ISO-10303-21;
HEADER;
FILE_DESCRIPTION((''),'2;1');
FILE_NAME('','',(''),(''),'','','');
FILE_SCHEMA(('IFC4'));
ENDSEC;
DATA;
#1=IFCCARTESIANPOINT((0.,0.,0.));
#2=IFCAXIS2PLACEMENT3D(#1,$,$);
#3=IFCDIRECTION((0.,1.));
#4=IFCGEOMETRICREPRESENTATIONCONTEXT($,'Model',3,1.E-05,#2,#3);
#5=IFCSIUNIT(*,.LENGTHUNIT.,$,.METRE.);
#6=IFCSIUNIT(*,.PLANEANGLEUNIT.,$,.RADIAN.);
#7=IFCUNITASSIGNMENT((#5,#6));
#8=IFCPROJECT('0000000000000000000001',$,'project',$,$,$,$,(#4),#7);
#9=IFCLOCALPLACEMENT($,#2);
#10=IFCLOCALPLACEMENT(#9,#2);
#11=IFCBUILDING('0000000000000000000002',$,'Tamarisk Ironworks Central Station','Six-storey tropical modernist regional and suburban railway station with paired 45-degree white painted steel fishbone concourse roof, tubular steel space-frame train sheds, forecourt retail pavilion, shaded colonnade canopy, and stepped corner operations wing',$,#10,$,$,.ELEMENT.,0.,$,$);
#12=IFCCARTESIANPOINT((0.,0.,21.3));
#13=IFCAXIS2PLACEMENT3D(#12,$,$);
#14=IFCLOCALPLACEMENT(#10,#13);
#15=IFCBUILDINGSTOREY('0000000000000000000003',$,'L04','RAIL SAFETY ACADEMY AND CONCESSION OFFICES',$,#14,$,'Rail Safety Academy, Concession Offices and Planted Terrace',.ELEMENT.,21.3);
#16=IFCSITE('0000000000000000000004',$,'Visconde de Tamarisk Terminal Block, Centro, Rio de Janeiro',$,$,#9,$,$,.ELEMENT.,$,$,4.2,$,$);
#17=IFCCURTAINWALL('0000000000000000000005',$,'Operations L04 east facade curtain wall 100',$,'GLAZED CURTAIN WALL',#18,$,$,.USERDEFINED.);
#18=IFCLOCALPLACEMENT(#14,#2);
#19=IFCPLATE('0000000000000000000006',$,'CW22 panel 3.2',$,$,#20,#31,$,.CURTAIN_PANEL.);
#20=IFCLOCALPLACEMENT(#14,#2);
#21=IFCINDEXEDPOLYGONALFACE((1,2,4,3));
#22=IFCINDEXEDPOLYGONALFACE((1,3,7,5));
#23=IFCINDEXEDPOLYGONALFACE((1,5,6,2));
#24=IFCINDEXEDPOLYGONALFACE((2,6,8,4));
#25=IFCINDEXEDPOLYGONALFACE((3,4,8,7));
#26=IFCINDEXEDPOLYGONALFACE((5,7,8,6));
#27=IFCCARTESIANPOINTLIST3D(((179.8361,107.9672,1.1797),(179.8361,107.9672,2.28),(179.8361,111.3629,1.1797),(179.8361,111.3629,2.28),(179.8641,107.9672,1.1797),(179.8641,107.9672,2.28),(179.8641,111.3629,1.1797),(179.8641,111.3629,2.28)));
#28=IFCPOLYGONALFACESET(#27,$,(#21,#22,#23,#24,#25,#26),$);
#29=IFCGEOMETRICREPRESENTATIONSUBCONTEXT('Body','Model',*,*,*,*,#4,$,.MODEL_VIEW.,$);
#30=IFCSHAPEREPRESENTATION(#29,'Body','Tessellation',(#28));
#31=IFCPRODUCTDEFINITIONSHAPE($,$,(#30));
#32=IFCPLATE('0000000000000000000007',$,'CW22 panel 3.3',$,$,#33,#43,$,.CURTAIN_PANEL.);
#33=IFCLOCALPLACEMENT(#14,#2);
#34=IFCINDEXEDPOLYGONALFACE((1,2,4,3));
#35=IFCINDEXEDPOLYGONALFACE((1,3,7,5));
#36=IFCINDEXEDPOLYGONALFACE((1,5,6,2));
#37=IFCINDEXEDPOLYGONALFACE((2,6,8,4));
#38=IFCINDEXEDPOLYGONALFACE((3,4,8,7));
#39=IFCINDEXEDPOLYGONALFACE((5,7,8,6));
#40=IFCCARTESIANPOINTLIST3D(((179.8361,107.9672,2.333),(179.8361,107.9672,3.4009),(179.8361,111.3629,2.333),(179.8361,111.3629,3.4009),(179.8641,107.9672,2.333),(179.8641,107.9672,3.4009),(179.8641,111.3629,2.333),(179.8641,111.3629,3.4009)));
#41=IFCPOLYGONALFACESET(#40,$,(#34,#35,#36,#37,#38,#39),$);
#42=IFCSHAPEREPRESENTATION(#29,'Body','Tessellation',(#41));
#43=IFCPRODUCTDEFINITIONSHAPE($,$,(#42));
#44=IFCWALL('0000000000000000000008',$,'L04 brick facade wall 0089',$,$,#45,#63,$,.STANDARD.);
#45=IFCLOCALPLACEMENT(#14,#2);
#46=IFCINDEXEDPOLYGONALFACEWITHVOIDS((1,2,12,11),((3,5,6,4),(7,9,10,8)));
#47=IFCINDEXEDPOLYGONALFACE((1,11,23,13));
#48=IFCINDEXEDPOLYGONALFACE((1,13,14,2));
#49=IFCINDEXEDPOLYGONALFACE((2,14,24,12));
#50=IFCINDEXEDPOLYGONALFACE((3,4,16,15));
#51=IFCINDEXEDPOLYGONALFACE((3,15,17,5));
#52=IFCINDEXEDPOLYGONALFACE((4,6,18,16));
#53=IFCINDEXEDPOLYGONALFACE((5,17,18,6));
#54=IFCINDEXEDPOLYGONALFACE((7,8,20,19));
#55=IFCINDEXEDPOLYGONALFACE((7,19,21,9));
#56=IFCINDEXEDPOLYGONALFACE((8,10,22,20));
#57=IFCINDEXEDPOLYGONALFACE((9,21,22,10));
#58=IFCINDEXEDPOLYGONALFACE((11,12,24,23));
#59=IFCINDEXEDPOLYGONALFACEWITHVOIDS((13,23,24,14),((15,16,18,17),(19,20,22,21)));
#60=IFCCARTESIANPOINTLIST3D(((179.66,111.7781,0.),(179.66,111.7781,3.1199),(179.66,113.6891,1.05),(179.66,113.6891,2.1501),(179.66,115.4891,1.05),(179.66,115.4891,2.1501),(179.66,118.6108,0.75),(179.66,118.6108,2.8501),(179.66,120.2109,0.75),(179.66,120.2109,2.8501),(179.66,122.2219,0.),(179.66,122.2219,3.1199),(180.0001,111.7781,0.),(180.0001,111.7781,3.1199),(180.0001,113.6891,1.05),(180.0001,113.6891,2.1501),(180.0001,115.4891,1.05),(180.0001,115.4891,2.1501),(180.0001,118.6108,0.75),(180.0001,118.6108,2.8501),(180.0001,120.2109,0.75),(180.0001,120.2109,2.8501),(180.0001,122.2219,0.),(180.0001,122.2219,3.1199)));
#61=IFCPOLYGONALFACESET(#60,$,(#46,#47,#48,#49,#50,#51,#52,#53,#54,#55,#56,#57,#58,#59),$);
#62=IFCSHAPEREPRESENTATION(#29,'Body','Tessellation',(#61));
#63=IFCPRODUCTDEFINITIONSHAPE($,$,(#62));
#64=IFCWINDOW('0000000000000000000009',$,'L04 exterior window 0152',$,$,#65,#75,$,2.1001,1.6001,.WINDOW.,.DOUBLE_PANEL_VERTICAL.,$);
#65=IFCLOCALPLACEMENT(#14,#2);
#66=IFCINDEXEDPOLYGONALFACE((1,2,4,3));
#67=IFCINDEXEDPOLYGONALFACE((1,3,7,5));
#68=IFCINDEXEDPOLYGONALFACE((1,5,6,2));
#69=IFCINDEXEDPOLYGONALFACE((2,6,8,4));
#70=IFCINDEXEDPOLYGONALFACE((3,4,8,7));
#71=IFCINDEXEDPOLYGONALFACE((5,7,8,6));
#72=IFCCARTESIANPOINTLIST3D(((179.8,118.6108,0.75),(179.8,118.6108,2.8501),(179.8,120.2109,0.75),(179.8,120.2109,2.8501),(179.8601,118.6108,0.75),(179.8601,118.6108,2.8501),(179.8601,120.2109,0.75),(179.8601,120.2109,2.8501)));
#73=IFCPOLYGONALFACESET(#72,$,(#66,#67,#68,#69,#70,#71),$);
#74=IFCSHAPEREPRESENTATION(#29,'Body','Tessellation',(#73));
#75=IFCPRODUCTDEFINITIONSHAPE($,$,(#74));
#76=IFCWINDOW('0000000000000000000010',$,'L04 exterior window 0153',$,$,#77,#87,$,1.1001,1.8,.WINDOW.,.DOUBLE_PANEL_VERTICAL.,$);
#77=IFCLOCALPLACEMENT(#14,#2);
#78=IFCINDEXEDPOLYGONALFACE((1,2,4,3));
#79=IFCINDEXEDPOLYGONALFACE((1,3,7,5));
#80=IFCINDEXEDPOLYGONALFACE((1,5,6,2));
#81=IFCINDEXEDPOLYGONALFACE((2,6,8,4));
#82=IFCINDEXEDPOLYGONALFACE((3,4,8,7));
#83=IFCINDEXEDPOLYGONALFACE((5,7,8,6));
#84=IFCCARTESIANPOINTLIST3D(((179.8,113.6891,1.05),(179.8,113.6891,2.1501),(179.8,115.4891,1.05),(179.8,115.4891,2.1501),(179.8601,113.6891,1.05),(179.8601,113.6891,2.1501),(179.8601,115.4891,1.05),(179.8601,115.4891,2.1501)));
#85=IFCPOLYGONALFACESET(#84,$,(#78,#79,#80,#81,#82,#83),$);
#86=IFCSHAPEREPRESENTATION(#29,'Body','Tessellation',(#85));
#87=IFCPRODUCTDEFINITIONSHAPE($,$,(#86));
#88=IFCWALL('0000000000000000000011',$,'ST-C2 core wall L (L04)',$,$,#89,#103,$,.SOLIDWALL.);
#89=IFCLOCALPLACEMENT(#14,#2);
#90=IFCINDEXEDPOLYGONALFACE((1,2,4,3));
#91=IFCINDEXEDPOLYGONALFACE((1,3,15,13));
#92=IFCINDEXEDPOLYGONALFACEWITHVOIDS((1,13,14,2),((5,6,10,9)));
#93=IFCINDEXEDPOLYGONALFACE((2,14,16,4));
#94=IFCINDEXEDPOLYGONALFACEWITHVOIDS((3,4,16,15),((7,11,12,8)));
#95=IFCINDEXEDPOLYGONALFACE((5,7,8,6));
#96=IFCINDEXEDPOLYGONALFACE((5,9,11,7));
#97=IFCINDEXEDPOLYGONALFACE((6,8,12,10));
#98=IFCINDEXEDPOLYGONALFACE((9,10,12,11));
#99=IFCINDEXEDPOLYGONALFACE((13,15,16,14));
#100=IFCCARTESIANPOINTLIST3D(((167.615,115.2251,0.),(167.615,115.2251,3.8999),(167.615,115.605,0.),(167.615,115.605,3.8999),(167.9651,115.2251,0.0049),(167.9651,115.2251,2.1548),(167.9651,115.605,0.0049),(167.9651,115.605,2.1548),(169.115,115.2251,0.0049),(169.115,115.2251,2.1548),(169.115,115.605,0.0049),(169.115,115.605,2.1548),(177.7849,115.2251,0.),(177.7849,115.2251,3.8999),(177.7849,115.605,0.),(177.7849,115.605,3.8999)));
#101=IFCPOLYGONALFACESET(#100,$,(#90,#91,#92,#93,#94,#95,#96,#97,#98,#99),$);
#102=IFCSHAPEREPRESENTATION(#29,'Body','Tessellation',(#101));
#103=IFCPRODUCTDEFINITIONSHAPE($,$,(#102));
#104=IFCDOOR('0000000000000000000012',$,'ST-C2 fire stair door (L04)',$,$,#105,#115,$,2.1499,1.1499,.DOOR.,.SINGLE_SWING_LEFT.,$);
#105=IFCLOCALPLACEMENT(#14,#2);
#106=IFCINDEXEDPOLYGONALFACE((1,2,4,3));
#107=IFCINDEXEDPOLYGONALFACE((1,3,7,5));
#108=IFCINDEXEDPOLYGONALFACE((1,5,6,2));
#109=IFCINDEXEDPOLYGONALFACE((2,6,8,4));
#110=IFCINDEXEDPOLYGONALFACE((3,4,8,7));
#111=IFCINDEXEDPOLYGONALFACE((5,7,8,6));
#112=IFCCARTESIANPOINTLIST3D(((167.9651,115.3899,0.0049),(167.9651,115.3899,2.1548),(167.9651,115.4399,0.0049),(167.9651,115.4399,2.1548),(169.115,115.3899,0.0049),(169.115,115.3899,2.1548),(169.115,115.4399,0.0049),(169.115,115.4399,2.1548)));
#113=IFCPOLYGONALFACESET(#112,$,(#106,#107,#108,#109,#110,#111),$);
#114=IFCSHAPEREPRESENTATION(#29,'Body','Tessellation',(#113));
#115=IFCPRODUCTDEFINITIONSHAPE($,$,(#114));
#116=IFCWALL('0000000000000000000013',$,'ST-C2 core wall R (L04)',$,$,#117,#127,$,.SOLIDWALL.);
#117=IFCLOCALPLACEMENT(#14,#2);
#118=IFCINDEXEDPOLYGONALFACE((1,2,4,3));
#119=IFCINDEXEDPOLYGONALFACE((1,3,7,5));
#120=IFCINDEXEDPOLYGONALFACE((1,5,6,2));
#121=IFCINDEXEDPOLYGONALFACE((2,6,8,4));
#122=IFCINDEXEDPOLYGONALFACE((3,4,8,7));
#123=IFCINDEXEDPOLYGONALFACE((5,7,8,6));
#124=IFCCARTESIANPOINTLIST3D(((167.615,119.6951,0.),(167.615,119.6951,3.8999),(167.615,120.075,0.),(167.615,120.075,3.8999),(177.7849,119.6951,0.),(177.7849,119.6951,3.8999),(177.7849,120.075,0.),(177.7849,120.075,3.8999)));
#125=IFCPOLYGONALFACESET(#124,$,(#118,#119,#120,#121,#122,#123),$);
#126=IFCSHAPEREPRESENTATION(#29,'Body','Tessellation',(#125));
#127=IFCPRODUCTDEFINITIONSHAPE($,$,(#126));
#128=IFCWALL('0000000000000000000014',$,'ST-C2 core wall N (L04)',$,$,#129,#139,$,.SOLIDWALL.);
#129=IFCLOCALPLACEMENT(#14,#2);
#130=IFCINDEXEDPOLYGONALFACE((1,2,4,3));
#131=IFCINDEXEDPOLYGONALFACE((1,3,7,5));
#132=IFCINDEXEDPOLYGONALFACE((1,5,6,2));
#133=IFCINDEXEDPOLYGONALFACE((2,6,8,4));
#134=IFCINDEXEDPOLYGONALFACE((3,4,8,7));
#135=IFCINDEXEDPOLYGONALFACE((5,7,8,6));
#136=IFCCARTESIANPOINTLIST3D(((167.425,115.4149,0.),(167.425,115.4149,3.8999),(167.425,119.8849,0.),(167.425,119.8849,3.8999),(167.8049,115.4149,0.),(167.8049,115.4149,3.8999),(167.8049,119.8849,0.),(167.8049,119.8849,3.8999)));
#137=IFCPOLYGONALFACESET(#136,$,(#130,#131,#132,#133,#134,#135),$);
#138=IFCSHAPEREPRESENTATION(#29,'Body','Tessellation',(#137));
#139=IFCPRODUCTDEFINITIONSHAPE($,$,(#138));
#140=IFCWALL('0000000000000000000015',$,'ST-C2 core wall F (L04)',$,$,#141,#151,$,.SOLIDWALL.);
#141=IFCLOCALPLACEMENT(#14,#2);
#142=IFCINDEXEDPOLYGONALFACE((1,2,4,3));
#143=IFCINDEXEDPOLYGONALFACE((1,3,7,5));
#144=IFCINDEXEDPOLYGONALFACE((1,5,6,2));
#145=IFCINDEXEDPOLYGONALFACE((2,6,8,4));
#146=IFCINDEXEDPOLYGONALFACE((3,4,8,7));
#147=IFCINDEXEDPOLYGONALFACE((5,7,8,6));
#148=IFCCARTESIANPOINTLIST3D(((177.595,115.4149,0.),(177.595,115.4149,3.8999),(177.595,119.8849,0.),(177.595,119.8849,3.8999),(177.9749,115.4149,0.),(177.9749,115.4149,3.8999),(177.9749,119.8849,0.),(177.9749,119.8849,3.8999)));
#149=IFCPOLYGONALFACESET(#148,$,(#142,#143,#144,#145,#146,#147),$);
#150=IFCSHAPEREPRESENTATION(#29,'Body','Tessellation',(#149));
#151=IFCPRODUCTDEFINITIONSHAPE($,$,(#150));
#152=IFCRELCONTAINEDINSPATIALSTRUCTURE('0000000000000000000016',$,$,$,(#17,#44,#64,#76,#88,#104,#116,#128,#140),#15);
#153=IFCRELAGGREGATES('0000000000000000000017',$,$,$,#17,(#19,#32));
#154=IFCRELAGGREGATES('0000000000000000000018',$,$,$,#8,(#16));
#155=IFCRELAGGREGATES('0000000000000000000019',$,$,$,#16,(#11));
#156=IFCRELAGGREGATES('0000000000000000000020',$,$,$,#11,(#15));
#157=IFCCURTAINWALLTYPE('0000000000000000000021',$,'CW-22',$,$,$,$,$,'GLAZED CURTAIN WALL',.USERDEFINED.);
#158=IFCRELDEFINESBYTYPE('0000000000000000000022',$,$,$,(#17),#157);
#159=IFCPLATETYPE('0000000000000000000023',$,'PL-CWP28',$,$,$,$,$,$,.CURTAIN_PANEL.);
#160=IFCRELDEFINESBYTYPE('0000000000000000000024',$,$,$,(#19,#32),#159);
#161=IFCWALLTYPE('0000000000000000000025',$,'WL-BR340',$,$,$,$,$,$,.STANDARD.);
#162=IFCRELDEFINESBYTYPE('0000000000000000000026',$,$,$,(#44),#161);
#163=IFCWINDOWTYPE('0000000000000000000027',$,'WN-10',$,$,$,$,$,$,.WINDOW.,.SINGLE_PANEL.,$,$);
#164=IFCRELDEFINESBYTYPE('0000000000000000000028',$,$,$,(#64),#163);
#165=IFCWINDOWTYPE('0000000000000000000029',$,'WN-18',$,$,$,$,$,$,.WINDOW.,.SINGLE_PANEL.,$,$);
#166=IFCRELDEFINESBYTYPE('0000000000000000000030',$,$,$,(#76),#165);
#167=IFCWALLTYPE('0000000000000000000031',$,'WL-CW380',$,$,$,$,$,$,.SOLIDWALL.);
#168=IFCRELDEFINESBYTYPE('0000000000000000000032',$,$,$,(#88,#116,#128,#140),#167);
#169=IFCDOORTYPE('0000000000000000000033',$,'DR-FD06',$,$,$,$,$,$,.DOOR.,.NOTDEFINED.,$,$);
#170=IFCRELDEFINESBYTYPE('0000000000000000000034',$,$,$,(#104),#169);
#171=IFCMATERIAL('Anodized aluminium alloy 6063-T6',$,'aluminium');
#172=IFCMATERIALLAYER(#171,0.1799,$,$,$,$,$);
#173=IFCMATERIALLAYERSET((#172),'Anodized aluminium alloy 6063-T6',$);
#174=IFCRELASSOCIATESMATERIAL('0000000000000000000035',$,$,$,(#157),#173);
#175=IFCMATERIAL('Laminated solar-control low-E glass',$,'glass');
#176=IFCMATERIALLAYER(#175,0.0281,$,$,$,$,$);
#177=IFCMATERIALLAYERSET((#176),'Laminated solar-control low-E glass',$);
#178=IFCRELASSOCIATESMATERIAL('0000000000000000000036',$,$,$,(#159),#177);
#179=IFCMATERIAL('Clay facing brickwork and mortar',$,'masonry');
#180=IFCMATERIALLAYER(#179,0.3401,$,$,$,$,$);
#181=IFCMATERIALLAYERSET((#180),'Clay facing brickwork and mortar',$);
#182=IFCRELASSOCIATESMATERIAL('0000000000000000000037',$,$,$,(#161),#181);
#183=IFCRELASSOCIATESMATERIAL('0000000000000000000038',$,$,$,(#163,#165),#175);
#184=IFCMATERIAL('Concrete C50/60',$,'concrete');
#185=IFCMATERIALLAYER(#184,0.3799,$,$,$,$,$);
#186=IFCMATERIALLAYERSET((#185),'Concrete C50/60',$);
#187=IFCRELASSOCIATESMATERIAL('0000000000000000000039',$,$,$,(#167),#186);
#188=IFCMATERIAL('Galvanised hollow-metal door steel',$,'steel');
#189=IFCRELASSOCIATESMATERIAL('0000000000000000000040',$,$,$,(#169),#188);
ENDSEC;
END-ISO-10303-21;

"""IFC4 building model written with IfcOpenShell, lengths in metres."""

from ifc_helpers import new_model, si_unit, direction, frame, frame_2d, origin, origin_2d, place, context, subcontext, project, spatial, rectangle, extrude, material, layer, layer_set, type_object, element, fill, aggregate, save


model = new_model("IFC4")

# Units and contexts
model_context = context("Model", 3, precision=1e-05, world=origin(), true_north=direction((0.0, 1.0)))
body_context = subcontext(model_context, "Body", "Model", "MODEL_VIEW")
ifc_project = project(units=[si_unit("LENGTHUNIT", "METRE"), si_unit("PLANEANGLEUNIT", "RADIAN")], contexts=[model_context])

# Site, building, storey
site_placement = place(None, origin())
site = spatial("IfcSite", under=ifc_project, at=site_placement, Name="Visconde de Tamarisk Terminal Block, Centro, Rio de Janeiro", CompositionType="ELEMENT", RefElevation=4.2)
building_placement = place(site_placement, origin())
building = spatial("IfcBuilding", under=site, at=building_placement, Name="Tamarisk Ironworks Central Station", Description="Six-storey tropical modernist regional and suburban railway station with paired 45-degree white painted steel fishbone concourse roof, tubular steel space-frame train sheds, forecourt retail pavilion, shaded colonnade canopy, and stepped corner operations wing", CompositionType="ELEMENT", ElevationOfRefHeight=0.0)
storey_placement = place(building_placement, frame((0.0, 0.0, 21.3)))
storey = spatial("IfcBuildingStorey", under=building, at=storey_placement, Name="L04", Description="RAIL SAFETY ACADEMY AND CONCESSION OFFICES", LongName="Rail Safety Academy, Concession Offices and Planted Terrace", CompositionType="ELEMENT", Elevation=21.3)

# Curtain wall
ifc_material_1 = material(Name="Anodized aluminium alloy 6063-T6", Category="aluminium")
ifc_layer_1 = layer(ifc_material_1, 0.1799)
ifc_layer_set_1 = layer_set([ifc_layer_1], Name="Anodized aluminium alloy 6063-T6")
curtain_wall_type_1 = type_object("IfcCurtainWallType", Name="CW-22", ElementType="GLAZED CURTAIN WALL", PredefinedType="USERDEFINED", material=ifc_layer_set_1)
curtain_wall_1_placement = place(storey_placement, origin())
curtain_wall_1 = element("IfcCurtainWall", 1, at=curtain_wall_1_placement, inside=storey, type_object=curtain_wall_type_1, Name="Operations L04 east facade curtain wall 100", ObjectType="GLAZED CURTAIN WALL", PredefinedType="USERDEFINED")

# Plates
ifc_material_2 = material(Name="Laminated solar-control low-E glass", Category="glass")
ifc_layer_2 = layer(ifc_material_2, 0.0281)
ifc_layer_set_2 = layer_set([ifc_layer_2], Name="Laminated solar-control low-E glass")
plate_type = type_object("IfcPlateType", Name="PL-CWP28", PredefinedType="CURTAIN_PANEL", material=ifc_layer_set_2)
plate_1_placement = place(storey_placement, frame((179.8501, 109.665, 1.1797), z_axis=(0.0, 0.0, 1.0), x_axis=(0.0, 1.0, 0.0)))
plate_1 = element("IfcPlate", 2, at=plate_1_placement, type_object=plate_type, Name="CW22 panel 3.2", PredefinedType="CURTAIN_PANEL", context=body_context, shape_type="SweptSolid", body=[
    extrude(rectangle(XDim=3.3958, YDim=0.0281, at=origin_2d()), origin(), (0.0, 0.0, 1.0), 1.1003),
])
plate_2_placement = place(storey_placement, frame((179.8501, 109.665, 2.333), z_axis=(0.0, 0.0, 1.0), x_axis=(0.0, 1.0, 0.0)))
plate_2 = element("IfcPlate", 3, at=plate_2_placement, type_object=plate_type, Name="CW22 panel 3.3", PredefinedType="CURTAIN_PANEL", context=body_context, shape_type="SweptSolid", body=[
    extrude(rectangle(XDim=3.3958, YDim=0.0281, at=origin_2d()), origin(), (0.0, 0.0, 1.0), 1.0679),
])
aggregate(curtain_wall_1, [plate_1, plate_2])

# Wall, openings, windows
ifc_material_3 = material(Name="Clay facing brickwork and mortar", Category="masonry")
ifc_layer_3 = layer(ifc_material_3, 0.3401)
ifc_layer_set_3 = layer_set([ifc_layer_3], Name="Clay facing brickwork and mortar")
wall_type_1 = type_object("IfcWallType", Name="WL-BR340", PredefinedType="STANDARD", material=ifc_layer_set_3)
wall_1_placement = place(storey_placement, frame((179.8301, 122.2219, 0.0), z_axis=(0.0, 0.0, 1.0), x_axis=(0.0, -1.0, 0.0)))
wall_1 = element("IfcWall", 4, at=wall_1_placement, inside=storey, type_object=wall_type_1, Name="L04 brick facade wall 0089", PredefinedType="STANDARD", context=body_context, shape_type="SweptSolid", body=[
    extrude(rectangle(XDim=10.4438, YDim=0.3401, at=frame_2d((5.2219, 0.0))), origin(), (0.0, 0.0, 1.0), 3.1199),
])
opening_1_placement = place(wall_1_placement, frame((2.011, 0.0, 0.75)))
opening_1 = element("IfcOpeningElement", 5, at=opening_1_placement, cuts=wall_1, PredefinedType="OPENING", context=body_context, shape_type="SweptSolid", body=[
    extrude(rectangle(XDim=1.6001, YDim=2.1001, at=frame_2d((0.8, 1.05))), frame((0.0, 0.1821, 0.0), z_axis=(0.0, -1.0, 0.0), x_axis=(1.0, 0.0, 0.0)), (0.0, 0.0, 1.0), 0.364),
])
opening_2_placement = place(wall_1_placement, frame((6.7329, 0.0, 1.05)))
opening_2 = element("IfcOpeningElement", 6, at=opening_2_placement, cuts=wall_1, PredefinedType="OPENING", context=body_context, shape_type="SweptSolid", body=[
    extrude(rectangle(XDim=1.8, YDim=1.1001, at=frame_2d((0.8999, 0.55))), frame((0.0, 0.1821, 0.0), z_axis=(0.0, -1.0, 0.0), x_axis=(1.0, 0.0, 0.0)), (0.0, 0.0, 1.0), 0.364),
])
window_type_1 = type_object("IfcWindowType", Name="WN-10", PartitioningType="SINGLE_PANEL", PredefinedType="WINDOW", material=ifc_material_2)
window_1_placement = place(opening_1_placement, origin())
window_1 = element("IfcWindow", 7, at=window_1_placement, inside=storey, type_object=window_type_1, Name="L04 exterior window 0152", OverallHeight=2.1001, OverallWidth=1.6001, PartitioningType="DOUBLE_PANEL_VERTICAL", PredefinedType="WINDOW", context=body_context, shape_type="SweptSolid", body=[
    extrude(rectangle(XDim=1.6001, YDim=2.1001, at=frame_2d((0.8, 1.05))), frame((0.0, 0.03, 0.0), z_axis=(0.0, -1.0, 0.0), x_axis=(1.0, 0.0, 0.0)), (0.0, 0.0, 1.0), 0.0601),
])
fill(opening_1, window_1)
window_type_2 = type_object("IfcWindowType", Name="WN-18", PartitioningType="SINGLE_PANEL", PredefinedType="WINDOW", material=ifc_material_2)
window_2_placement = place(opening_2_placement, origin())
window_2 = element("IfcWindow", 8, at=window_2_placement, inside=storey, type_object=window_type_2, Name="L04 exterior window 0153", OverallHeight=1.1001, OverallWidth=1.8, PartitioningType="DOUBLE_PANEL_VERTICAL", PredefinedType="WINDOW", context=body_context, shape_type="SweptSolid", body=[
    extrude(rectangle(XDim=1.8, YDim=1.1001, at=frame_2d((0.8999, 0.55))), frame((0.0, 0.03, 0.0), z_axis=(0.0, -1.0, 0.0), x_axis=(1.0, 0.0, 0.0)), (0.0, 0.0, 1.0), 0.0601),
])
fill(opening_2, window_2)

# Wall, opening, door
ifc_material_4 = material(Name="Concrete C50/60", Category="concrete")
ifc_layer_4 = layer(ifc_material_4, 0.3799)
ifc_layer_set_4 = layer_set([ifc_layer_4], Name="Concrete C50/60")
wall_type_2 = type_object("IfcWallType", Name="WL-CW380", PredefinedType="SOLIDWALL", material=ifc_layer_set_4)
wall_2_placement = place(storey_placement, frame((167.615, 115.415, 0.0), z_axis=(0.0, 0.0, 1.0), x_axis=(1.0, 0.0, 0.0)))
wall_2 = element("IfcWall", 9, at=wall_2_placement, inside=storey, type_object=wall_type_2, Name="ST-C2 core wall L (L04)", PredefinedType="SOLIDWALL", context=body_context, shape_type="SweptSolid", body=[
    extrude(rectangle(XDim=10.1699, YDim=0.3799, at=frame_2d((5.085, 0.0))), origin(), (0.0, 0.0, 1.0), 3.8999),
])
opening_3_placement = place(wall_2_placement, frame((0.3501, 0.0, 0.0049)))
opening_3 = element("IfcOpeningElement", 10, at=opening_3_placement, cuts=wall_2, PredefinedType="OPENING", context=body_context, shape_type="SweptSolid", body=[
    extrude(rectangle(XDim=1.1499, YDim=2.1499, at=frame_2d((0.575, 1.075))), frame((0.0, 0.2019, 0.0), z_axis=(0.0, -1.0, 0.0), x_axis=(1.0, 0.0, 0.0)), (0.0, 0.0, 1.0), 0.4038),
])
ifc_material_5 = material(Name="Galvanised hollow-metal door steel", Category="steel")
door_type_1 = type_object("IfcDoorType", Name="DR-FD06", OperationType="NOTDEFINED", PredefinedType="DOOR", material=ifc_material_5)
door_1_placement = place(opening_3_placement, origin())
door_1 = element("IfcDoor", 11, at=door_1_placement, inside=storey, type_object=door_type_1, Name="ST-C2 fire stair door (L04)", OperationType="SINGLE_SWING_LEFT", OverallHeight=2.1499, OverallWidth=1.1499, PredefinedType="DOOR", context=body_context, shape_type="SweptSolid", body=[
    extrude(rectangle(XDim=1.1499, YDim=2.1499, at=frame_2d((0.575, 1.075))), frame((0.0, 0.0249, 0.0), z_axis=(0.0, -1.0, 0.0), x_axis=(1.0, 0.0, 0.0)), (0.0, 0.0, 1.0), 0.05),
])
fill(opening_3, door_1)

# Walls
wall_3_placement = place(storey_placement, frame((167.615, 119.885, 0.0), z_axis=(0.0, 0.0, 1.0), x_axis=(1.0, 0.0, 0.0)))
element("IfcWall", 12, at=wall_3_placement, inside=storey, type_object=wall_type_2, Name="ST-C2 core wall R (L04)", PredefinedType="SOLIDWALL", context=body_context, shape_type="SweptSolid", body=[
    extrude(rectangle(XDim=10.1699, YDim=0.3799, at=frame_2d((5.085, 0.0))), origin(), (0.0, 0.0, 1.0), 3.8999),
])
for number, where, z_axis, x_axis, name in (
    (13, (167.615, 115.415, 0.0), (0.0, 0.0, 1.0), (0.0, 1.0, 0.0), "ST-C2 core wall N (L04)"),
    (14, (177.7849, 115.415, 0.0), (0.0, 0.0, 1.0), (0.0, 1.0, 0.0), "ST-C2 core wall F (L04)"),
):
    element("IfcWall", number, at=place(storey_placement, frame(where, z_axis=z_axis, x_axis=x_axis)), inside=storey, type_object=wall_type_2, Name=name, PredefinedType="SOLIDWALL", context=body_context, shape_type="SweptSolid", body=[
        extrude(rectangle(XDim=4.47, YDim=0.3799, at=frame_2d((2.2349, 0.0))), origin(), (0.0, 0.0, 1.0), 3.8999),
    ])

save(model, "model.ifc")
